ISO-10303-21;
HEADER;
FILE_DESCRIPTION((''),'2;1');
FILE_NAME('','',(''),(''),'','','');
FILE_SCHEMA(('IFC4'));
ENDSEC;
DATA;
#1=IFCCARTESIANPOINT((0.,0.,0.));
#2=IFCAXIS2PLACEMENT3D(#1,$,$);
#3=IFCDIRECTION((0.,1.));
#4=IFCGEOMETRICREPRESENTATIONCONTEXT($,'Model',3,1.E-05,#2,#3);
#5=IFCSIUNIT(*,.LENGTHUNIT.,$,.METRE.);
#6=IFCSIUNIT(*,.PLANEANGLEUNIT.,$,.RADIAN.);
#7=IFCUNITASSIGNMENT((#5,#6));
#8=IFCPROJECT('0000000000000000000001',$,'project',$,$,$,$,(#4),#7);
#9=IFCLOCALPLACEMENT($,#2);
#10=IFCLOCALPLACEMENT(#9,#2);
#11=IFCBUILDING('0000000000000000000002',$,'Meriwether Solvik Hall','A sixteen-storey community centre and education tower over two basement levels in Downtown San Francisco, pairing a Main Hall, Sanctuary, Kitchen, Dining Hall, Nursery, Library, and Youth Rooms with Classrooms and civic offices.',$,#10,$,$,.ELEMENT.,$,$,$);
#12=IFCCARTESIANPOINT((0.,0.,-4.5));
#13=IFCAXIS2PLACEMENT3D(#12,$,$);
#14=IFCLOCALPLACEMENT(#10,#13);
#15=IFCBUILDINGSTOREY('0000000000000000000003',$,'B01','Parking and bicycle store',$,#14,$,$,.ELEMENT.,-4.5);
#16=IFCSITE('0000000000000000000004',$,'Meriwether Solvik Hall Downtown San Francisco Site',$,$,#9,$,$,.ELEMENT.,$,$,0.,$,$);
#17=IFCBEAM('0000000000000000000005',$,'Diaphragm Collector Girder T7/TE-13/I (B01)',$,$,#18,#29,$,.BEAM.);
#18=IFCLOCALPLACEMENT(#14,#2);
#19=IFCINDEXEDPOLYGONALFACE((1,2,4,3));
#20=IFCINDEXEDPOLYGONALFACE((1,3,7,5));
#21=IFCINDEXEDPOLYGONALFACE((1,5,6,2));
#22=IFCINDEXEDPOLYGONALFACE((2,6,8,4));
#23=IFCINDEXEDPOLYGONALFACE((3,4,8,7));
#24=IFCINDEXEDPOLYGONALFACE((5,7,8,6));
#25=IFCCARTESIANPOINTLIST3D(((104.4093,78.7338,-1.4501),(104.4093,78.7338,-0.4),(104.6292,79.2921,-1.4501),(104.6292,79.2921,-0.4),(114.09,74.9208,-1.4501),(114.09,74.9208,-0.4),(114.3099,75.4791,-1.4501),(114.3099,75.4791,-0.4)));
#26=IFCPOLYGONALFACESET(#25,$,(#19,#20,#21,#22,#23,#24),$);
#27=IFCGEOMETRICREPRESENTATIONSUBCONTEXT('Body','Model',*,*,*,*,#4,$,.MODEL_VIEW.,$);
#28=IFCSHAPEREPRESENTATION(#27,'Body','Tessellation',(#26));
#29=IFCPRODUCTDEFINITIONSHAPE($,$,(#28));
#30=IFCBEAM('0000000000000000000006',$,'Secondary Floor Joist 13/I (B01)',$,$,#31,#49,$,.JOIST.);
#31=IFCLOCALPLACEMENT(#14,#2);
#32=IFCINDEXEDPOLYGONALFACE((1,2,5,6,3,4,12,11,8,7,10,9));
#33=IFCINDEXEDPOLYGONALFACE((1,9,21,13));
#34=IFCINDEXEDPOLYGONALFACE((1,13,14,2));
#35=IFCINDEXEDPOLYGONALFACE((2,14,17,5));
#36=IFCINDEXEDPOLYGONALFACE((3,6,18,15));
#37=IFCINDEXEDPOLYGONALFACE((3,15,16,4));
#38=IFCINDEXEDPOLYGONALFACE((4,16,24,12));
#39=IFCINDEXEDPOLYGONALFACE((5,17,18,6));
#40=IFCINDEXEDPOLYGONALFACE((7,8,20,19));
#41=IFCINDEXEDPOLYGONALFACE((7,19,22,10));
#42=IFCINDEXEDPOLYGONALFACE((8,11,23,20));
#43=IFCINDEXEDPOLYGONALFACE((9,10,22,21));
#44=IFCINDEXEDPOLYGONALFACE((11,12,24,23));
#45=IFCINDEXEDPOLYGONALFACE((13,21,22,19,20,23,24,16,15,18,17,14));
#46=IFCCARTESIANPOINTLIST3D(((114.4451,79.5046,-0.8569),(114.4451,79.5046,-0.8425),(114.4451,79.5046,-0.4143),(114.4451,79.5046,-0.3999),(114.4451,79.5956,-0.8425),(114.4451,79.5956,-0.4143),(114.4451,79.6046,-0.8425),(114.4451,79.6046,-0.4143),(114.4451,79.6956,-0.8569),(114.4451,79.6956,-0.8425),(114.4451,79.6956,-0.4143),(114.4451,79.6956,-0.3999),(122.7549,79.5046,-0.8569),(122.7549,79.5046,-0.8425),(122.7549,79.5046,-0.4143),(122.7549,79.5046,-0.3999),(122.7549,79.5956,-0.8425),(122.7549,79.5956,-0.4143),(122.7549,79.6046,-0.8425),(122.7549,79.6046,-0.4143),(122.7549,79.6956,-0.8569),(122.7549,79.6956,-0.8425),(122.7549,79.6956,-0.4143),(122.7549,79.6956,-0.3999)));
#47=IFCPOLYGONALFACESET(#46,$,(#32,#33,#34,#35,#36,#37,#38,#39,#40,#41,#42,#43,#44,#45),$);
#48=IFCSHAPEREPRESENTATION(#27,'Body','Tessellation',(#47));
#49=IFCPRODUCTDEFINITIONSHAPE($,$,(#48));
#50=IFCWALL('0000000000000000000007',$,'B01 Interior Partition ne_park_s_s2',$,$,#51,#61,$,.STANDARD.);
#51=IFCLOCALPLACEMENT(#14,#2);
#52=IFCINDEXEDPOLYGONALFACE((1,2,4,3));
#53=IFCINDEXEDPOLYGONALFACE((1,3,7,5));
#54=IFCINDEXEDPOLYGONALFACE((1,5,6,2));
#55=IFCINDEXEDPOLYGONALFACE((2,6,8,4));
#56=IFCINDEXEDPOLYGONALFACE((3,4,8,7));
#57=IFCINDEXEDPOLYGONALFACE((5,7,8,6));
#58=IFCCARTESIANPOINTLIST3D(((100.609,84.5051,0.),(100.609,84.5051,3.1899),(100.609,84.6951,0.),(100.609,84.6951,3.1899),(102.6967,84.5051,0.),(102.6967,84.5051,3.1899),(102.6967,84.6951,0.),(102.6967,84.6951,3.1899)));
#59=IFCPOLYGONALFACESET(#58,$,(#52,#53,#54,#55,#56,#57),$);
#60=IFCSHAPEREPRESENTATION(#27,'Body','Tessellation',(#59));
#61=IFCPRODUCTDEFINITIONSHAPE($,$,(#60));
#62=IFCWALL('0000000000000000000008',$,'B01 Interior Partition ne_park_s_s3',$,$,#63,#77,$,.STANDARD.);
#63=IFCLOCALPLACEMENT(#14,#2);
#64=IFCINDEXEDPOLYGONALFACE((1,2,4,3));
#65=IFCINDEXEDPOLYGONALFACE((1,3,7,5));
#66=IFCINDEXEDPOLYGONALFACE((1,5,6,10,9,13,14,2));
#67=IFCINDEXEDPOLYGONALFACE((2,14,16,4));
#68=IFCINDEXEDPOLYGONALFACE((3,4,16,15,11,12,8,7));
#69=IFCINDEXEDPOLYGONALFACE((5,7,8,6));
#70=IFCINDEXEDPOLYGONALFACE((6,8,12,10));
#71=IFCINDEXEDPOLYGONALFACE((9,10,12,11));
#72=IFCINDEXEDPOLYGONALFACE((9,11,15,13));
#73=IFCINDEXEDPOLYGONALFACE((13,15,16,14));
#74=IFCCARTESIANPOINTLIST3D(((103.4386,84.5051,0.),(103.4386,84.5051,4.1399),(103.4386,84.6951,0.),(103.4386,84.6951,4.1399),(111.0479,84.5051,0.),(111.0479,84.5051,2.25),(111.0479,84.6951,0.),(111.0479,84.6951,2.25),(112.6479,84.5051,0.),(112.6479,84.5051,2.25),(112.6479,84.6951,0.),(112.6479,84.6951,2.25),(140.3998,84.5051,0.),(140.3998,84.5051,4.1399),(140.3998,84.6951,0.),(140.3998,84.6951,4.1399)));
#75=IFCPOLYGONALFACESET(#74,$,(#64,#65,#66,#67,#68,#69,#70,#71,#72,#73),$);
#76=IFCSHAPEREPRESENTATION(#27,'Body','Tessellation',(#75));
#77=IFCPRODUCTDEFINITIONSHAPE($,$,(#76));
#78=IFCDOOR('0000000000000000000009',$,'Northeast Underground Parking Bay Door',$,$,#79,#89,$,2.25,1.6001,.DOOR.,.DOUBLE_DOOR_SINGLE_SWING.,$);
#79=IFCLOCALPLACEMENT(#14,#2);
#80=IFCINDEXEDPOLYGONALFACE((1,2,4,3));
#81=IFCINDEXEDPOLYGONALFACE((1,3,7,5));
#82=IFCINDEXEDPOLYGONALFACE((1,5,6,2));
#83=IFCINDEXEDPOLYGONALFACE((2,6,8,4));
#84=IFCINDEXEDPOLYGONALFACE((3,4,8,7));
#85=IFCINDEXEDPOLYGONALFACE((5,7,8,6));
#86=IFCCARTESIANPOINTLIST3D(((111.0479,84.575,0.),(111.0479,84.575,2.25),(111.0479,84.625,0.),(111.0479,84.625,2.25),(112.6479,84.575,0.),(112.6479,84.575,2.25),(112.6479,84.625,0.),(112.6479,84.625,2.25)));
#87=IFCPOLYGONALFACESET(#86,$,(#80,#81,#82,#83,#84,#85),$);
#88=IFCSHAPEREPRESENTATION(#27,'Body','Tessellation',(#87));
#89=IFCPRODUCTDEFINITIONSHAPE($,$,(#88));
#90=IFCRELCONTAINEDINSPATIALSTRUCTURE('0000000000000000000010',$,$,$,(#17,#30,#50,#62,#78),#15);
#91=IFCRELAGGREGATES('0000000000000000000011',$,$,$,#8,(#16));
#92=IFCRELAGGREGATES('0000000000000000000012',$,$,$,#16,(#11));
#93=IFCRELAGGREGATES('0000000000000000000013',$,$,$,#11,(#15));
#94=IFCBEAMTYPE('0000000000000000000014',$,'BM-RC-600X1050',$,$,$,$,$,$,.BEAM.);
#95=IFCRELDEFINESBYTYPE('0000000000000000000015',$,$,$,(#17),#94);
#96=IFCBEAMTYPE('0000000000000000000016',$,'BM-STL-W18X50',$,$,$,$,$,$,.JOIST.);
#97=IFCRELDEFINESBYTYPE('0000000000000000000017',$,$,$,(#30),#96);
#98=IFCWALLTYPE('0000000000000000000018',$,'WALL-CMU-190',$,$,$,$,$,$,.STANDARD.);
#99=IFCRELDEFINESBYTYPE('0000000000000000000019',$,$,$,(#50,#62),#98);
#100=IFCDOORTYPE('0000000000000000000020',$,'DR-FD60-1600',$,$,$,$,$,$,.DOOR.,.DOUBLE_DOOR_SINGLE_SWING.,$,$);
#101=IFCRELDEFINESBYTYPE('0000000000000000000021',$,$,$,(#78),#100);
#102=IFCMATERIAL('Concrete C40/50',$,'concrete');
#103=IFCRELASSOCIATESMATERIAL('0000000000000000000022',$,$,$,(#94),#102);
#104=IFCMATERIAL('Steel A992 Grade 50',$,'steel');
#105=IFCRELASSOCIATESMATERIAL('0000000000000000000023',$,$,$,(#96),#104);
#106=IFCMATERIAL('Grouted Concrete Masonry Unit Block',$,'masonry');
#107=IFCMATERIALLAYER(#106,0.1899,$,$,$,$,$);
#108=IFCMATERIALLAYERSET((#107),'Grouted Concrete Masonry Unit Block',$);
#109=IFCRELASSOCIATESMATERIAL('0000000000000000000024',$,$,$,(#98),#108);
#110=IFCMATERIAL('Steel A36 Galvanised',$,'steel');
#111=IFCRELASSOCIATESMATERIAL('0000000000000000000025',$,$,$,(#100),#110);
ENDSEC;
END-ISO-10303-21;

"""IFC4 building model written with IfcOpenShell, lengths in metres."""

from ifc_helpers import new_model, si_unit, direction, frame, frame_2d, origin, origin_2d, place, context, subcontext, project, spatial, rectangle, i_section, extrude, material, layer, layer_set, material_profile, profile_set, type_object, element, fill, save


model = new_model("IFC4")

# Units and contexts
model_context = context("Model", 3, precision=1e-05, world=origin(), true_north=direction((0.0, 1.0)))
body_context = subcontext(model_context, "Body", "Model", "MODEL_VIEW")
ifc_project = project(units=[si_unit("LENGTHUNIT", "METRE"), si_unit("PLANEANGLEUNIT", "RADIAN")], contexts=[model_context])

# Site, building, storey
site_placement = place(None, origin())
site = spatial("IfcSite", under=ifc_project, at=site_placement, Name="Meriwether Solvik Hall Downtown San Francisco Site", CompositionType="ELEMENT", RefElevation=0.0)
building_placement = place(site_placement, origin())
building = spatial("IfcBuilding", under=site, at=building_placement, Name="Meriwether Solvik Hall", Description="A sixteen-storey community centre and education tower over two basement levels in Downtown San Francisco, pairing a Main Hall, Sanctuary, Kitchen, Dining Hall, Nursery, Library, and Youth Rooms with Classrooms and civic offices.", CompositionType="ELEMENT")
storey_placement = place(building_placement, frame((0.0, 0.0, -4.5)))
storey = spatial("IfcBuildingStorey", under=building, at=storey_placement, Name="B01", Description="Parking and bicycle store", CompositionType="ELEMENT", Elevation=-4.5)

# Beams
ifc_material_1 = material(Name="Concrete C40/50", Category="concrete")
ifc_material_profile_1 = material_profile(ifc_material_1, rectangle(XDim=0.6001, YDim=1.05, at=origin_2d()), Name="RCB-600X1050")
ifc_profile_set_1 = profile_set([ifc_material_profile_1], Name="Concrete C40/50")
beam_type_1 = type_object("IfcBeamType", Name="BM-RC-600X1050", PredefinedType="BEAM", material=ifc_profile_set_1)
beam_1_placement = place(storey_placement, frame((104.5193, 79.0129, -0.925), z_axis=(0.930428, -0.366474, 0.0), x_axis=(0.366474, 0.930428, 0.0)))
element("IfcBeam", 1, at=beam_1_placement, inside=storey, type_object=beam_type_1, Name="Diaphragm Collector Girder T7/TE-13/I (B01)", PredefinedType="BEAM", context=body_context, shape_type="SweptSolid", body=[
    extrude(rectangle(XDim=0.6001, YDim=1.05, at=origin_2d()), origin(), (0.0, 0.0, 1.0), 10.4045),
])
ifc_material_2 = material(Name="Steel A992 Grade 50", Category="steel")
ifc_material_profile_2 = material_profile(ifc_material_2, i_section(OverallWidth=0.1909, OverallDepth=0.457, WebThickness=0.009, FlangeThickness=0.0144, at=origin_2d()), Name="W18X50")
ifc_profile_set_2 = profile_set([ifc_material_profile_2], Name="Steel A992 Grade 50")
beam_type_2 = type_object("IfcBeamType", Name="BM-STL-W18X50", PredefinedType="JOIST", material=ifc_profile_set_2)
beam_2_placement = place(storey_placement, frame((114.4451, 79.6001, -0.6284), z_axis=(1.0, 0.0, 0.0), x_axis=(0.0, 1.0, 0.0)))
element("IfcBeam", 2, at=beam_2_placement, inside=storey, type_object=beam_type_2, Name="Secondary Floor Joist 13/I (B01)", PredefinedType="JOIST", context=body_context, shape_type="SweptSolid", body=[
    extrude(i_section(OverallWidth=0.1909, OverallDepth=0.457, WebThickness=0.009, FlangeThickness=0.0144, at=origin_2d()), origin(), (0.0, 0.0, 1.0), 8.3098),
])

# Wall
ifc_material_3 = material(Name="Grouted Concrete Masonry Unit Block", Category="masonry")
ifc_layer = layer(ifc_material_3, 0.1899)
ifc_layer_set = layer_set([ifc_layer], Name="Grouted Concrete Masonry Unit Block")
wall_type = type_object("IfcWallType", Name="WALL-CMU-190", PredefinedType="STANDARD", material=ifc_layer_set)
wall_1_placement = place(storey_placement, frame((100.6089, 84.6001, 0.0), z_axis=(0.0, 0.0, 1.0), x_axis=(1.0, 0.0, 0.0)))
element("IfcWall", 3, at=wall_1_placement, inside=storey, type_object=wall_type, Name="B01 Interior Partition ne_park_s_s2", PredefinedType="STANDARD", context=body_context, shape_type="SweptSolid", body=[
    extrude(rectangle(XDim=2.0876, YDim=0.1899, at=frame_2d((1.0439, 0.0))), origin(), (0.0, 0.0, 1.0), 3.1899),
])

# Wall, opening, door
wall_2_placement = place(storey_placement, frame((103.4387, 84.6001, 0.0), z_axis=(0.0, 0.0, 1.0), x_axis=(1.0, 0.0, 0.0)))
wall_2 = element("IfcWall", 4, at=wall_2_placement, inside=storey, type_object=wall_type, Name="B01 Interior Partition ne_park_s_s3", PredefinedType="STANDARD", context=body_context, shape_type="SweptSolid", body=[
    extrude(rectangle(XDim=36.9612, YDim=0.1899, at=frame_2d((18.4805, 0.0))), origin(), (0.0, 0.0, 1.0), 4.1399),
])
opening_placement = place(wall_2_placement, frame((7.6091, 0.0, 0.0)))
opening = element("IfcOpeningElement", 5, at=opening_placement, cuts=wall_2, PredefinedType="OPENING", context=body_context, shape_type="SweptSolid", body=[
    extrude(rectangle(XDim=1.6001, YDim=2.25, at=frame_2d((0.8, 1.125))), frame((0.0, 0.1069, 0.0), z_axis=(0.0, -1.0, 0.0), x_axis=(1.0, 0.0, 0.0)), (0.0, 0.0, 1.0), 0.2139),
])
ifc_material_4 = material(Name="Steel A36 Galvanised", Category="steel")
door_type = type_object("IfcDoorType", Name="DR-FD60-1600", OperationType="DOUBLE_DOOR_SINGLE_SWING", PredefinedType="DOOR", material=ifc_material_4)
door_placement = place(opening_placement, origin())
door = element("IfcDoor", 6, at=door_placement, inside=storey, type_object=door_type, Name="Northeast Underground Parking Bay Door", OperationType="DOUBLE_DOOR_SINGLE_SWING", OverallHeight=2.25, OverallWidth=1.6001, PredefinedType="DOOR", context=body_context, shape_type="SweptSolid", body=[
    extrude(rectangle(XDim=1.6001, YDim=2.25, at=frame_2d((0.8, 1.125))), frame((0.0, 0.0249, 0.0), z_axis=(0.0, -1.0, 0.0), x_axis=(1.0, 0.0, 0.0)), (0.0, 0.0, 1.0), 0.05),
])
fill(opening, door)

save(model, "model.ifc")
